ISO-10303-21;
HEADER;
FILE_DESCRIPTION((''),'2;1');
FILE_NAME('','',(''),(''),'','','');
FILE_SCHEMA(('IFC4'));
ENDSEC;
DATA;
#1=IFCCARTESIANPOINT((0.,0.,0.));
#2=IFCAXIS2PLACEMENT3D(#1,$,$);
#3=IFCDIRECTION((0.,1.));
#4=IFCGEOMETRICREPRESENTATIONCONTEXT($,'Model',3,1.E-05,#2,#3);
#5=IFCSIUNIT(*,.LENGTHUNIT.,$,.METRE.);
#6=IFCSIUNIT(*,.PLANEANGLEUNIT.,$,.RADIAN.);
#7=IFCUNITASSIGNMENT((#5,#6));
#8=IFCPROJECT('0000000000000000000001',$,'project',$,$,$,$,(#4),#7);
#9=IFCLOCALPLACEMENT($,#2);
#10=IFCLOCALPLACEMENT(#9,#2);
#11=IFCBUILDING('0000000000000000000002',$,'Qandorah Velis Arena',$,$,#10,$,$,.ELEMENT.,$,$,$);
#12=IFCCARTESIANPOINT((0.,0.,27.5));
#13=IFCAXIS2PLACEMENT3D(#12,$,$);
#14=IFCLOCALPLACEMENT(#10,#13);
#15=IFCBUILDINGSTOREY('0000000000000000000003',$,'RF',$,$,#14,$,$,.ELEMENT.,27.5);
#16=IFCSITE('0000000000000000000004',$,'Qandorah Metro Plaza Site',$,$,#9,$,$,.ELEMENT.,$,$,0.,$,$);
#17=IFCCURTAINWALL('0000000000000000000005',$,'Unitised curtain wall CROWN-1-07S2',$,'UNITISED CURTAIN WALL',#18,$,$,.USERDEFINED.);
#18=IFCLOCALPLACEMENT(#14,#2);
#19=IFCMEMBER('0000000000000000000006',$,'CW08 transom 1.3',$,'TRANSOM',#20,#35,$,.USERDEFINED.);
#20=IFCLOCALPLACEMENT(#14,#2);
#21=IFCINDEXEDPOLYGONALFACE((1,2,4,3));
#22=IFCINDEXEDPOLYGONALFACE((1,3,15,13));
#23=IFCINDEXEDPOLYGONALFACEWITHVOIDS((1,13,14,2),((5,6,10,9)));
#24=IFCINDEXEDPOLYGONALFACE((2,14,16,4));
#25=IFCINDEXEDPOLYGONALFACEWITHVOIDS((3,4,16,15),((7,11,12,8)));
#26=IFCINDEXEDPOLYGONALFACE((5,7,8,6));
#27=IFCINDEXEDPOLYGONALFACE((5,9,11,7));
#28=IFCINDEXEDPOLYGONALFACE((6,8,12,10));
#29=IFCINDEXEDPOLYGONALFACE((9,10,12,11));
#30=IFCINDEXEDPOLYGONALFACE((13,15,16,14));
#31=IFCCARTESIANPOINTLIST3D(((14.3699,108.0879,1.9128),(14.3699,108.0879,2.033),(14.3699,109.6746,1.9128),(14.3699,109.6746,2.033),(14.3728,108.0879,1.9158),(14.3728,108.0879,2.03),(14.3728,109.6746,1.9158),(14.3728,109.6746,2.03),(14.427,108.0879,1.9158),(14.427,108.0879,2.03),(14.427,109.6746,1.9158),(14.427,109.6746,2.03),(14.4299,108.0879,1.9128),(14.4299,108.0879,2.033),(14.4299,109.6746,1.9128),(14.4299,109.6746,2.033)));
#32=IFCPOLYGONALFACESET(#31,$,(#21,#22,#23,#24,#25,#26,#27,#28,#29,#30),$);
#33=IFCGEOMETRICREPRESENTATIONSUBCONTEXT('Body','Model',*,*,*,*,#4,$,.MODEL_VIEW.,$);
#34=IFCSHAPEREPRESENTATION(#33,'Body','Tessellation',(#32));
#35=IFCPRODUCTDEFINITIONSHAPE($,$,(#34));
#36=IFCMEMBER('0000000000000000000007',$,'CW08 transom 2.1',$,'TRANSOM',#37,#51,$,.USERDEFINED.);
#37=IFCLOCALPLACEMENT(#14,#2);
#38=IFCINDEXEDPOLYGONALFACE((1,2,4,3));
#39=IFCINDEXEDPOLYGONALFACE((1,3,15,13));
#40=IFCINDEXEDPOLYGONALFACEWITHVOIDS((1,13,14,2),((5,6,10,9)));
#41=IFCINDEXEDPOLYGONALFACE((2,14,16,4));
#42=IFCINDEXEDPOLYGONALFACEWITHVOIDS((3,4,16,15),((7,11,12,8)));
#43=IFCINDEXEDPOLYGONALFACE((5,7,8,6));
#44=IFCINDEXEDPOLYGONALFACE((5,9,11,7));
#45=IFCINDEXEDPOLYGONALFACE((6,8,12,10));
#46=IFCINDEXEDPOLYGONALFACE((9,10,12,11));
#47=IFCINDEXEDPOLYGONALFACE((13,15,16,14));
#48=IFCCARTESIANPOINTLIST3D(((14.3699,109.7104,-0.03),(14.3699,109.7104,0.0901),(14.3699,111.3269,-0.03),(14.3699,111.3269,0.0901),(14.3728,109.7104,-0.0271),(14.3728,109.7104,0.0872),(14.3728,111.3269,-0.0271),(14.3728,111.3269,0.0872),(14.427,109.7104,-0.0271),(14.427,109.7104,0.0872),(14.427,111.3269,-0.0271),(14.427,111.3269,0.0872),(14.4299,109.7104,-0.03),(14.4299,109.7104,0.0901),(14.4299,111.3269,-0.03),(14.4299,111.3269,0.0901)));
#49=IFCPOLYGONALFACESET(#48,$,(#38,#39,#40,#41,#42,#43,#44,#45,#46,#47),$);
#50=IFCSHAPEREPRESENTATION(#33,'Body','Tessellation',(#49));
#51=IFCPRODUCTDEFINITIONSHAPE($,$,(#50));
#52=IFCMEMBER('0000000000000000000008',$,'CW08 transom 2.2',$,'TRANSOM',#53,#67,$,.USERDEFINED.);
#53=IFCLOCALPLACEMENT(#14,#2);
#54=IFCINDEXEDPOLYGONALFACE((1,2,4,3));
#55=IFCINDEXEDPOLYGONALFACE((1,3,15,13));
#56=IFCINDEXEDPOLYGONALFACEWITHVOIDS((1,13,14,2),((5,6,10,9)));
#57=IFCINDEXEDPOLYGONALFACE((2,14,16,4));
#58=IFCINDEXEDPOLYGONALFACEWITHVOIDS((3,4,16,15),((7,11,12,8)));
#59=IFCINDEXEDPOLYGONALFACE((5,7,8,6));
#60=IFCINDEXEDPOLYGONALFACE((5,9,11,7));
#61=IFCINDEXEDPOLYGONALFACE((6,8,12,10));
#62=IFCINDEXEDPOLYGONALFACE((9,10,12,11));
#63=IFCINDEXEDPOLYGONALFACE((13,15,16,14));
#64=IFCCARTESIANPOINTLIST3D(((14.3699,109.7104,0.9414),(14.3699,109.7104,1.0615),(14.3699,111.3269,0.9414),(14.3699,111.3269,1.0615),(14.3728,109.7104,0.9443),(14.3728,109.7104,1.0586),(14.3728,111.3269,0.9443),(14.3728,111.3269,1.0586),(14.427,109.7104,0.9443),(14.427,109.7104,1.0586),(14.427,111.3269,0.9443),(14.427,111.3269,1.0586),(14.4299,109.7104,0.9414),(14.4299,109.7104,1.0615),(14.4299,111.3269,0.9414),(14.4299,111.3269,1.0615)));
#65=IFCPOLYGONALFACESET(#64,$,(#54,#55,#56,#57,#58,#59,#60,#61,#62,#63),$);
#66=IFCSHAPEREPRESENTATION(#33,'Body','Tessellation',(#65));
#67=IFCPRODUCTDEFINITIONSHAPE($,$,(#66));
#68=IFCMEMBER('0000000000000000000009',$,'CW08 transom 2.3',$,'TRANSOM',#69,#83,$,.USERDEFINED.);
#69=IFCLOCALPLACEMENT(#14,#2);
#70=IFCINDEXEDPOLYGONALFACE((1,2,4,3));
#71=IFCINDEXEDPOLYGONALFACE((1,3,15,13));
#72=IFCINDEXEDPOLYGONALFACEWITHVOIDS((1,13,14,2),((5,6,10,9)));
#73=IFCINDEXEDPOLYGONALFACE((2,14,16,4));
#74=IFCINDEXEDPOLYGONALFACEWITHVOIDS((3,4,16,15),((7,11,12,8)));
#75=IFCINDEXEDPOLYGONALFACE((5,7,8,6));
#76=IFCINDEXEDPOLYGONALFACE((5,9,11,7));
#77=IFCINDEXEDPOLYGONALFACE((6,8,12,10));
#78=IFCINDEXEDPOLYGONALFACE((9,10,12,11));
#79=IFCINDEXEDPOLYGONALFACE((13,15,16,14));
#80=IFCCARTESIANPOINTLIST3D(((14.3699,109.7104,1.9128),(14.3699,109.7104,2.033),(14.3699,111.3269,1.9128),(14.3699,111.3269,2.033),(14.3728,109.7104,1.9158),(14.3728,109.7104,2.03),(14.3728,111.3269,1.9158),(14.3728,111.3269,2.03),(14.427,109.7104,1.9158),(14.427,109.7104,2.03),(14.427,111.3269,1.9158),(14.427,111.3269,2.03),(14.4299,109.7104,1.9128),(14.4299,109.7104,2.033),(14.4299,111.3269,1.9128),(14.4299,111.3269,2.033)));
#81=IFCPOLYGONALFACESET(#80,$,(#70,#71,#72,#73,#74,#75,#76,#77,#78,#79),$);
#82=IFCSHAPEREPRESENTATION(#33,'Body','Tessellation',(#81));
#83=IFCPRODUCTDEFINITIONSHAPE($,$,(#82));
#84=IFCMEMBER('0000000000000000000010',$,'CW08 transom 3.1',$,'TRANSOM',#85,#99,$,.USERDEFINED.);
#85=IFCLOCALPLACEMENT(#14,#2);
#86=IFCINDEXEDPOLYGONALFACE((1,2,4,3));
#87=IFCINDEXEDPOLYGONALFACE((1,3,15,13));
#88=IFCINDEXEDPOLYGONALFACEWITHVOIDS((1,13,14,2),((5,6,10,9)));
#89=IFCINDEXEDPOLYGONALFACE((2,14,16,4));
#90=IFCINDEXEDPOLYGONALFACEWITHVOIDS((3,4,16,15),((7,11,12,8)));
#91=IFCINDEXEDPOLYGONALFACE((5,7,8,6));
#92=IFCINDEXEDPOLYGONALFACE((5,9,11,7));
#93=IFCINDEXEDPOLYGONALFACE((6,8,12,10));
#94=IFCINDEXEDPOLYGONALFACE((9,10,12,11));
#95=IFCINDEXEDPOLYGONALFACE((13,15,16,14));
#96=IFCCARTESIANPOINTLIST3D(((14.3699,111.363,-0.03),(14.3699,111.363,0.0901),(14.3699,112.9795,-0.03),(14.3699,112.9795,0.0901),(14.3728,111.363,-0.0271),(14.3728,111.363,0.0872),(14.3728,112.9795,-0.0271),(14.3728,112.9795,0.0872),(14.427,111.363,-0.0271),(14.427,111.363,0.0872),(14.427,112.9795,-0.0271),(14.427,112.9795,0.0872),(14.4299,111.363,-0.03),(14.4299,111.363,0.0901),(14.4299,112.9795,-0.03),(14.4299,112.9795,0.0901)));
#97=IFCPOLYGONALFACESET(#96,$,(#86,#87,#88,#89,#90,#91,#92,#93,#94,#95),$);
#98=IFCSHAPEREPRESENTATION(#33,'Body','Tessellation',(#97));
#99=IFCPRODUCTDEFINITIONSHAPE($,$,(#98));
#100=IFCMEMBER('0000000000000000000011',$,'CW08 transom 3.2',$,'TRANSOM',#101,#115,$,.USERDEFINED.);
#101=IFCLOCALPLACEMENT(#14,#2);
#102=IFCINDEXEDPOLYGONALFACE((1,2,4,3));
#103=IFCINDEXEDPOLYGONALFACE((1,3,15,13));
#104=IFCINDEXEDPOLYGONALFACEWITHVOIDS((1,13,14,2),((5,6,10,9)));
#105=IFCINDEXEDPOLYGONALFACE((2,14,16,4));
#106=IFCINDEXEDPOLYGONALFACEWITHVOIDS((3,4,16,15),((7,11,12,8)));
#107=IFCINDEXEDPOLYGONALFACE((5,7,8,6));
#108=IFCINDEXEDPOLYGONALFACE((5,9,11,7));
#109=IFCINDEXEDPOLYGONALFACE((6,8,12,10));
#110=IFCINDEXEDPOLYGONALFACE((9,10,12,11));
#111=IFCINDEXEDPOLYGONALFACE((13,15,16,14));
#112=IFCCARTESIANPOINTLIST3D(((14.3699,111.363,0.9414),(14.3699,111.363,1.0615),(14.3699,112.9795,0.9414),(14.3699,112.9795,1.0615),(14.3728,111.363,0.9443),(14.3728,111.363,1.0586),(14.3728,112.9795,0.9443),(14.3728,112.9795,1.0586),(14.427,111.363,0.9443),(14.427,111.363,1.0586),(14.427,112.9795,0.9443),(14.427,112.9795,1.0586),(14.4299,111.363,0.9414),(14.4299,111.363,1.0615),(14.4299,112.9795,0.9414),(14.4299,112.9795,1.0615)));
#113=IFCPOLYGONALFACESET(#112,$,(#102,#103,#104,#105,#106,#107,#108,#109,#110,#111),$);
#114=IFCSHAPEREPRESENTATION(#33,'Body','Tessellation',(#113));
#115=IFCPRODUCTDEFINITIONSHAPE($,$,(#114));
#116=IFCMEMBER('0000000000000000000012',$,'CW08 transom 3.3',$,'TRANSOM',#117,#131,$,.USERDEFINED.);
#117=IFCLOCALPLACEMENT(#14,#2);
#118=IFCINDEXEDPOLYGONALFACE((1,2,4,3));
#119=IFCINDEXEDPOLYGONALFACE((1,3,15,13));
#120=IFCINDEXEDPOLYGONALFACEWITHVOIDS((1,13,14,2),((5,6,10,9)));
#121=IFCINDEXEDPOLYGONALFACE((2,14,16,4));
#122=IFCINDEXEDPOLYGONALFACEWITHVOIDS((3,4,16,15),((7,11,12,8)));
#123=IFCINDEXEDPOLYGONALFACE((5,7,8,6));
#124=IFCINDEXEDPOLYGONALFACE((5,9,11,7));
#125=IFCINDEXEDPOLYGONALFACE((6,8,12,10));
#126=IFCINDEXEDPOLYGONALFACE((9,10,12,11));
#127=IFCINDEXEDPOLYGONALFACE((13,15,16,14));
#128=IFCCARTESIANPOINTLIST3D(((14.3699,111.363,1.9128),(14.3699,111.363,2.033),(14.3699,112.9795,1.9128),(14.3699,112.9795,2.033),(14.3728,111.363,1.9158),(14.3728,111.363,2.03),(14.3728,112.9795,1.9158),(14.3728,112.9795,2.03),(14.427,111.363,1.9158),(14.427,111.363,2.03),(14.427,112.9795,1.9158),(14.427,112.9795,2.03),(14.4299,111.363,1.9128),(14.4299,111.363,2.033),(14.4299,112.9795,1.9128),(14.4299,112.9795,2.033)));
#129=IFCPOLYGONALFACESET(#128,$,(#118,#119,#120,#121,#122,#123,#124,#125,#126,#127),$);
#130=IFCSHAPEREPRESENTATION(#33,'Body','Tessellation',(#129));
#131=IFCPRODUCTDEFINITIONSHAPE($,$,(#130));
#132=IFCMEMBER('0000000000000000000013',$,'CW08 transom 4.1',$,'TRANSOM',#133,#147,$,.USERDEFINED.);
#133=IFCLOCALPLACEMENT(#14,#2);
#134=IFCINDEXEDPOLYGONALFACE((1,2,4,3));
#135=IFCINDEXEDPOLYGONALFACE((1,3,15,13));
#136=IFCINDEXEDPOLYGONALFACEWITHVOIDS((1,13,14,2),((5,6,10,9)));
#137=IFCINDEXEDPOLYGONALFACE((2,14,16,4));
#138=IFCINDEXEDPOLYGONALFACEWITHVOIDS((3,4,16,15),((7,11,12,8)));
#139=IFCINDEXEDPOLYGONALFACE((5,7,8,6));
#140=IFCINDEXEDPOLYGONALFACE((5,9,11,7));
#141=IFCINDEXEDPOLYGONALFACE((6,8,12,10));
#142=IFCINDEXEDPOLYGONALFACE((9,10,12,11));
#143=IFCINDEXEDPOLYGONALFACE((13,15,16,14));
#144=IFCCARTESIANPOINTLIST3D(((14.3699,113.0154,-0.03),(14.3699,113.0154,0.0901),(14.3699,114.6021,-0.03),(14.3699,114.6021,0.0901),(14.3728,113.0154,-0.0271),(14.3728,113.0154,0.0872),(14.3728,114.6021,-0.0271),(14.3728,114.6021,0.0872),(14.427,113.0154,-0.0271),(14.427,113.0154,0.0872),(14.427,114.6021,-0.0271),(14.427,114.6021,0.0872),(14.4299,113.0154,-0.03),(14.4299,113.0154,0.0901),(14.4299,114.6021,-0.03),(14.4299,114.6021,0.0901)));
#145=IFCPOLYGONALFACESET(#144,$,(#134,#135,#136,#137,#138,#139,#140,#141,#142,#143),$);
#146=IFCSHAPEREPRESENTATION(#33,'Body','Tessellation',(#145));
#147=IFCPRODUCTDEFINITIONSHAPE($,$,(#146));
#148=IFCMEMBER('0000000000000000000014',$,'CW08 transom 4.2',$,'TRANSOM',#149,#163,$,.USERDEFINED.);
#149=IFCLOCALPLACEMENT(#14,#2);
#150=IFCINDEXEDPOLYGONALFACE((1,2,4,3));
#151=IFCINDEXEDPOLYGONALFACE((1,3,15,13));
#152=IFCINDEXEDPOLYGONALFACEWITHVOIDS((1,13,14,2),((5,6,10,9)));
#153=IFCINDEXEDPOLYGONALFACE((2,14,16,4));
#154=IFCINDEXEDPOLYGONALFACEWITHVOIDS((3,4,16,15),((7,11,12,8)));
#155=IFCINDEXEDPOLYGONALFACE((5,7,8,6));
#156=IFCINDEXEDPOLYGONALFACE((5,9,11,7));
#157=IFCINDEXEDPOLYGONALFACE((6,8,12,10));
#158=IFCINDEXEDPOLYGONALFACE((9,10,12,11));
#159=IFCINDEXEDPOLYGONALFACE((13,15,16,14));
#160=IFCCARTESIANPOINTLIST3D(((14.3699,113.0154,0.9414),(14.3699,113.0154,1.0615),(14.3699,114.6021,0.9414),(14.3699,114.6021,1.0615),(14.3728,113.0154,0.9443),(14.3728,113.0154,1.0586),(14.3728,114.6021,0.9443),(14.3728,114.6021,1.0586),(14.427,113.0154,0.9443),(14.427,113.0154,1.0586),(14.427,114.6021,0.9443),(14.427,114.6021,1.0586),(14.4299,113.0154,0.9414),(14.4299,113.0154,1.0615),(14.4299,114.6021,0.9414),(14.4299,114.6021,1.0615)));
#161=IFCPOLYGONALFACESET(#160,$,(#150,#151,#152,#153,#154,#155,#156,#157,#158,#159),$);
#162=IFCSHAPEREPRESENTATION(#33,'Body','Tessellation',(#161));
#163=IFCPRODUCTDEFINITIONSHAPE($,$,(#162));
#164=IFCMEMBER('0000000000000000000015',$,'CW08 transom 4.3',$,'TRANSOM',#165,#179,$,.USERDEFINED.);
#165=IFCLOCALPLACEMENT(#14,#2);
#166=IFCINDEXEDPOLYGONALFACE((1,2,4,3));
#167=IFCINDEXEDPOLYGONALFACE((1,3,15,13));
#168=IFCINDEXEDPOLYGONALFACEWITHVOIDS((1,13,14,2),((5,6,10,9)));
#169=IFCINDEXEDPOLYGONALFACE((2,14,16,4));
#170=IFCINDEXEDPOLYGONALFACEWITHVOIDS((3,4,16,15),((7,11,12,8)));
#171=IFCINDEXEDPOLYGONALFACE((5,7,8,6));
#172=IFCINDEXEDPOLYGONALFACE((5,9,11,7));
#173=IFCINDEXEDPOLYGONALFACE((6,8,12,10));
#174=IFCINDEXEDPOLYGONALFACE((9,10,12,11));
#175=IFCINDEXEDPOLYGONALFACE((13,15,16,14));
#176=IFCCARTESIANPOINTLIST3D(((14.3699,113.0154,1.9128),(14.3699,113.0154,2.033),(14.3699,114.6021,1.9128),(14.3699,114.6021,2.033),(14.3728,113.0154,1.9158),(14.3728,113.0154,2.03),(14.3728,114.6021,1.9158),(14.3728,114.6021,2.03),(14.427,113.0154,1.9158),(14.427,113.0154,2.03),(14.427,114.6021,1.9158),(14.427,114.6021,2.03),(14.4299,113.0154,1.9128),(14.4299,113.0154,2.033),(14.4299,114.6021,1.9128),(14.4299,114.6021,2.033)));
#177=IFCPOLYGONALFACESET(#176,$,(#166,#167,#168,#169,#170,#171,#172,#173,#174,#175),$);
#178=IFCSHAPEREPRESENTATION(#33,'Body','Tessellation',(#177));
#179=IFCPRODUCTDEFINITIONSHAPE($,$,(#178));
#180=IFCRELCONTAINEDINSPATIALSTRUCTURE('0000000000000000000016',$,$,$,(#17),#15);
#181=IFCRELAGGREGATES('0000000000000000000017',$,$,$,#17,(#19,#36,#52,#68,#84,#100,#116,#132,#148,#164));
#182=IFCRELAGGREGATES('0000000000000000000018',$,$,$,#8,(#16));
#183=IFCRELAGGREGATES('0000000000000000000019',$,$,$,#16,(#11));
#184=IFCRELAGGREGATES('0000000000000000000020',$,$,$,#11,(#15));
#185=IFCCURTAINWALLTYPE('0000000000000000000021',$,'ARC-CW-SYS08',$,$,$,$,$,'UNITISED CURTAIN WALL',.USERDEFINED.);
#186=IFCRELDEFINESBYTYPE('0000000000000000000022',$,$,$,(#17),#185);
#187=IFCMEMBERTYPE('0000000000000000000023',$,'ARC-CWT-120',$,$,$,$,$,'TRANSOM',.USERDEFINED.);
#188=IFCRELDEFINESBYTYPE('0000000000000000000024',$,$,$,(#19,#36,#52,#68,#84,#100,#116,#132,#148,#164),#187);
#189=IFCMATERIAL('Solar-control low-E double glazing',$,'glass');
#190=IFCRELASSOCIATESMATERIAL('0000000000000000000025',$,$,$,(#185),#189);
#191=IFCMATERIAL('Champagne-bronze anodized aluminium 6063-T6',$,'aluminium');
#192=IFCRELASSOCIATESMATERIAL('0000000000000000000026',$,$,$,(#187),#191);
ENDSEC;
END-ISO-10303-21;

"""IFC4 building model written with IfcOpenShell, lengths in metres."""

from ifc_helpers import new_model, si_unit, direction, frame, origin, origin_2d, place, context, subcontext, project, spatial, hollow_rectangle, extrude, material, material_profile, profile_set, type_object, element, aggregate, save


model = new_model("IFC4")

# Units and contexts
model_context = context("Model", 3, precision=1e-05, world=origin(), true_north=direction((0.0, 1.0)))
body_context = subcontext(model_context, "Body", "Model", "MODEL_VIEW")
ifc_project = project(units=[si_unit("LENGTHUNIT", "METRE"), si_unit("PLANEANGLEUNIT", "RADIAN")], contexts=[model_context])

# Site, building, storey
site_placement = place(None, origin())
site = spatial("IfcSite", under=ifc_project, at=site_placement, Name="Qandorah Metro Plaza Site", CompositionType="ELEMENT", RefElevation=0.0)
building_placement = place(site_placement, origin())
building = spatial("IfcBuilding", under=site, at=building_placement, Name="Qandorah Velis Arena", CompositionType="ELEMENT")
storey_placement = place(building_placement, frame((0.0, 0.0, 27.5)))
storey = spatial("IfcBuildingStorey", under=building, at=storey_placement, Name="RF", CompositionType="ELEMENT", Elevation=27.5)

# Shared definitions
ifc_material_1 = material(Name="Solar-control low-E double glazing", Category="glass")
ifc_material_2 = material(Name="Champagne-bronze anodized aluminium 6063-T6", Category="aluminium")

# Curtain wall
curtain_wall_type_1 = type_object("IfcCurtainWallType", Name="ARC-CW-SYS08", ElementType="UNITISED CURTAIN WALL", PredefinedType="USERDEFINED", material=ifc_material_1)
curtain_wall_1_placement = place(storey_placement, origin())
curtain_wall_1 = element("IfcCurtainWall", 1, at=curtain_wall_1_placement, inside=storey, type_object=curtain_wall_type_1, Name="Unitised curtain wall CROWN-1-07S2", ObjectType="UNITISED CURTAIN WALL", PredefinedType="USERDEFINED")

# Members
ifc_material_profile_1 = material_profile(ifc_material_2, hollow_rectangle(XDim=0.0601, YDim=0.1201, WallThickness=0.0029, at=origin_2d()), Name="ALU TRANSOM 60x120")
ifc_profile_set_1 = profile_set([ifc_material_profile_1], Name="Champagne-bronze anodized aluminium 6063-T6")
member_type_1 = type_object("IfcMemberType", Name="ARC-CWT-120", ElementType="TRANSOM", PredefinedType="USERDEFINED", material=ifc_profile_set_1)
member_1_placement = place(storey_placement, frame((14.3999, 108.0879, 1.9729), z_axis=(0.0, 1.0, 0.0), x_axis=(-1.0, 0.0, 0.0)))
member_1 = element("IfcMember", 2, at=member_1_placement, type_object=member_type_1, Name="CW08 transom 1.3", ObjectType="TRANSOM", PredefinedType="USERDEFINED", context=body_context, shape_type="SweptSolid", body=[
    extrude(hollow_rectangle(XDim=0.0601, YDim=0.1201, WallThickness=0.0029, at=origin_2d()), origin(), (0.0, 0.0, 1.0), 1.5867),
])
member_2_placement = place(storey_placement, frame((14.3999, 109.7104, 0.03), z_axis=(0.0, 1.0, 0.0), x_axis=(-1.0, 0.0, 0.0)))
member_2 = element("IfcMember", 3, at=member_2_placement, type_object=member_type_1, Name="CW08 transom 2.1", ObjectType="TRANSOM", PredefinedType="USERDEFINED", context=body_context, shape_type="SweptSolid", body=[
    extrude(hollow_rectangle(XDim=0.0601, YDim=0.1201, WallThickness=0.0029, at=origin_2d()), origin(), (0.0, 0.0, 1.0), 1.6165),
])
member_3_placement = place(storey_placement, frame((14.3999, 109.7104, 1.0015), z_axis=(0.0, 1.0, 0.0), x_axis=(-1.0, 0.0, 0.0)))
member_3 = element("IfcMember", 4, at=member_3_placement, type_object=member_type_1, Name="CW08 transom 2.2", ObjectType="TRANSOM", PredefinedType="USERDEFINED", context=body_context, shape_type="SweptSolid", body=[
    extrude(hollow_rectangle(XDim=0.0601, YDim=0.1201, WallThickness=0.0029, at=origin_2d()), origin(), (0.0, 0.0, 1.0), 1.6165),
])
member_4_placement = place(storey_placement, frame((14.3999, 109.7104, 1.9729), z_axis=(0.0, 1.0, 0.0), x_axis=(-1.0, 0.0, 0.0)))
member_4 = element("IfcMember", 5, at=member_4_placement, type_object=member_type_1, Name="CW08 transom 2.3", ObjectType="TRANSOM", PredefinedType="USERDEFINED", context=body_context, shape_type="SweptSolid", body=[
    extrude(hollow_rectangle(XDim=0.0601, YDim=0.1201, WallThickness=0.0029, at=origin_2d()), origin(), (0.0, 0.0, 1.0), 1.6165),
])
member_5_placement = place(storey_placement, frame((14.3999, 111.363, 0.03), z_axis=(0.0, 1.0, 0.0), x_axis=(-1.0, 0.0, 0.0)))
member_5 = element("IfcMember", 6, at=member_5_placement, type_object=member_type_1, Name="CW08 transom 3.1", ObjectType="TRANSOM", PredefinedType="USERDEFINED", context=body_context, shape_type="SweptSolid", body=[
    extrude(hollow_rectangle(XDim=0.0601, YDim=0.1201, WallThickness=0.0029, at=origin_2d()), origin(), (0.0, 0.0, 1.0), 1.6165),
])
member_6_placement = place(storey_placement, frame((14.3999, 111.363, 1.0015), z_axis=(0.0, 1.0, 0.0), x_axis=(-1.0, 0.0, 0.0)))
member_6 = element("IfcMember", 7, at=member_6_placement, type_object=member_type_1, Name="CW08 transom 3.2", ObjectType="TRANSOM", PredefinedType="USERDEFINED", context=body_context, shape_type="SweptSolid", body=[
    extrude(hollow_rectangle(XDim=0.0601, YDim=0.1201, WallThickness=0.0029, at=origin_2d()), origin(), (0.0, 0.0, 1.0), 1.6165),
])
member_7_placement = place(storey_placement, frame((14.3999, 111.363, 1.9729), z_axis=(0.0, 1.0, 0.0), x_axis=(-1.0, 0.0, 0.0)))
member_7 = element("IfcMember", 8, at=member_7_placement, type_object=member_type_1, Name="CW08 transom 3.3", ObjectType="TRANSOM", PredefinedType="USERDEFINED", context=body_context, shape_type="SweptSolid", body=[
    extrude(hollow_rectangle(XDim=0.0601, YDim=0.1201, WallThickness=0.0029, at=origin_2d()), origin(), (0.0, 0.0, 1.0), 1.6165),
])
member_8_placement = place(storey_placement, frame((14.3999, 113.0154, 0.03), z_axis=(0.0, 1.0, 0.0), x_axis=(-1.0, 0.0, 0.0)))
member_8 = element("IfcMember", 9, at=member_8_placement, type_object=member_type_1, Name="CW08 transom 4.1", ObjectType="TRANSOM", PredefinedType="USERDEFINED", context=body_context, shape_type="SweptSolid", body=[
    extrude(hollow_rectangle(XDim=0.0601, YDim=0.1201, WallThickness=0.0029, at=origin_2d()), origin(), (0.0, 0.0, 1.0), 1.5867),
])
member_9_placement = place(storey_placement, frame((14.3999, 113.0154, 1.0015), z_axis=(0.0, 1.0, 0.0), x_axis=(-1.0, 0.0, 0.0)))
member_9 = element("IfcMember", 10, at=member_9_placement, type_object=member_type_1, Name="CW08 transom 4.2", ObjectType="TRANSOM", PredefinedType="USERDEFINED", context=body_context, shape_type="SweptSolid", body=[
    extrude(hollow_rectangle(XDim=0.0601, YDim=0.1201, WallThickness=0.0029, at=origin_2d()), origin(), (0.0, 0.0, 1.0), 1.5867),
])
member_10_placement = place(storey_placement, frame((14.3999, 113.0154, 1.9729), z_axis=(0.0, 1.0, 0.0), x_axis=(-1.0, 0.0, 0.0)))
member_10 = element("IfcMember", 11, at=member_10_placement, type_object=member_type_1, Name="CW08 transom 4.3", ObjectType="TRANSOM", PredefinedType="USERDEFINED", context=body_context, shape_type="SweptSolid", body=[
    extrude(hollow_rectangle(XDim=0.0601, YDim=0.1201, WallThickness=0.0029, at=origin_2d()), origin(), (0.0, 0.0, 1.0), 1.5867),
])

aggregate(curtain_wall_1, [member_1, member_2, member_3, member_4, member_5, member_6, member_7, member_8, member_9, member_10])

save(model, "model.ifc")
